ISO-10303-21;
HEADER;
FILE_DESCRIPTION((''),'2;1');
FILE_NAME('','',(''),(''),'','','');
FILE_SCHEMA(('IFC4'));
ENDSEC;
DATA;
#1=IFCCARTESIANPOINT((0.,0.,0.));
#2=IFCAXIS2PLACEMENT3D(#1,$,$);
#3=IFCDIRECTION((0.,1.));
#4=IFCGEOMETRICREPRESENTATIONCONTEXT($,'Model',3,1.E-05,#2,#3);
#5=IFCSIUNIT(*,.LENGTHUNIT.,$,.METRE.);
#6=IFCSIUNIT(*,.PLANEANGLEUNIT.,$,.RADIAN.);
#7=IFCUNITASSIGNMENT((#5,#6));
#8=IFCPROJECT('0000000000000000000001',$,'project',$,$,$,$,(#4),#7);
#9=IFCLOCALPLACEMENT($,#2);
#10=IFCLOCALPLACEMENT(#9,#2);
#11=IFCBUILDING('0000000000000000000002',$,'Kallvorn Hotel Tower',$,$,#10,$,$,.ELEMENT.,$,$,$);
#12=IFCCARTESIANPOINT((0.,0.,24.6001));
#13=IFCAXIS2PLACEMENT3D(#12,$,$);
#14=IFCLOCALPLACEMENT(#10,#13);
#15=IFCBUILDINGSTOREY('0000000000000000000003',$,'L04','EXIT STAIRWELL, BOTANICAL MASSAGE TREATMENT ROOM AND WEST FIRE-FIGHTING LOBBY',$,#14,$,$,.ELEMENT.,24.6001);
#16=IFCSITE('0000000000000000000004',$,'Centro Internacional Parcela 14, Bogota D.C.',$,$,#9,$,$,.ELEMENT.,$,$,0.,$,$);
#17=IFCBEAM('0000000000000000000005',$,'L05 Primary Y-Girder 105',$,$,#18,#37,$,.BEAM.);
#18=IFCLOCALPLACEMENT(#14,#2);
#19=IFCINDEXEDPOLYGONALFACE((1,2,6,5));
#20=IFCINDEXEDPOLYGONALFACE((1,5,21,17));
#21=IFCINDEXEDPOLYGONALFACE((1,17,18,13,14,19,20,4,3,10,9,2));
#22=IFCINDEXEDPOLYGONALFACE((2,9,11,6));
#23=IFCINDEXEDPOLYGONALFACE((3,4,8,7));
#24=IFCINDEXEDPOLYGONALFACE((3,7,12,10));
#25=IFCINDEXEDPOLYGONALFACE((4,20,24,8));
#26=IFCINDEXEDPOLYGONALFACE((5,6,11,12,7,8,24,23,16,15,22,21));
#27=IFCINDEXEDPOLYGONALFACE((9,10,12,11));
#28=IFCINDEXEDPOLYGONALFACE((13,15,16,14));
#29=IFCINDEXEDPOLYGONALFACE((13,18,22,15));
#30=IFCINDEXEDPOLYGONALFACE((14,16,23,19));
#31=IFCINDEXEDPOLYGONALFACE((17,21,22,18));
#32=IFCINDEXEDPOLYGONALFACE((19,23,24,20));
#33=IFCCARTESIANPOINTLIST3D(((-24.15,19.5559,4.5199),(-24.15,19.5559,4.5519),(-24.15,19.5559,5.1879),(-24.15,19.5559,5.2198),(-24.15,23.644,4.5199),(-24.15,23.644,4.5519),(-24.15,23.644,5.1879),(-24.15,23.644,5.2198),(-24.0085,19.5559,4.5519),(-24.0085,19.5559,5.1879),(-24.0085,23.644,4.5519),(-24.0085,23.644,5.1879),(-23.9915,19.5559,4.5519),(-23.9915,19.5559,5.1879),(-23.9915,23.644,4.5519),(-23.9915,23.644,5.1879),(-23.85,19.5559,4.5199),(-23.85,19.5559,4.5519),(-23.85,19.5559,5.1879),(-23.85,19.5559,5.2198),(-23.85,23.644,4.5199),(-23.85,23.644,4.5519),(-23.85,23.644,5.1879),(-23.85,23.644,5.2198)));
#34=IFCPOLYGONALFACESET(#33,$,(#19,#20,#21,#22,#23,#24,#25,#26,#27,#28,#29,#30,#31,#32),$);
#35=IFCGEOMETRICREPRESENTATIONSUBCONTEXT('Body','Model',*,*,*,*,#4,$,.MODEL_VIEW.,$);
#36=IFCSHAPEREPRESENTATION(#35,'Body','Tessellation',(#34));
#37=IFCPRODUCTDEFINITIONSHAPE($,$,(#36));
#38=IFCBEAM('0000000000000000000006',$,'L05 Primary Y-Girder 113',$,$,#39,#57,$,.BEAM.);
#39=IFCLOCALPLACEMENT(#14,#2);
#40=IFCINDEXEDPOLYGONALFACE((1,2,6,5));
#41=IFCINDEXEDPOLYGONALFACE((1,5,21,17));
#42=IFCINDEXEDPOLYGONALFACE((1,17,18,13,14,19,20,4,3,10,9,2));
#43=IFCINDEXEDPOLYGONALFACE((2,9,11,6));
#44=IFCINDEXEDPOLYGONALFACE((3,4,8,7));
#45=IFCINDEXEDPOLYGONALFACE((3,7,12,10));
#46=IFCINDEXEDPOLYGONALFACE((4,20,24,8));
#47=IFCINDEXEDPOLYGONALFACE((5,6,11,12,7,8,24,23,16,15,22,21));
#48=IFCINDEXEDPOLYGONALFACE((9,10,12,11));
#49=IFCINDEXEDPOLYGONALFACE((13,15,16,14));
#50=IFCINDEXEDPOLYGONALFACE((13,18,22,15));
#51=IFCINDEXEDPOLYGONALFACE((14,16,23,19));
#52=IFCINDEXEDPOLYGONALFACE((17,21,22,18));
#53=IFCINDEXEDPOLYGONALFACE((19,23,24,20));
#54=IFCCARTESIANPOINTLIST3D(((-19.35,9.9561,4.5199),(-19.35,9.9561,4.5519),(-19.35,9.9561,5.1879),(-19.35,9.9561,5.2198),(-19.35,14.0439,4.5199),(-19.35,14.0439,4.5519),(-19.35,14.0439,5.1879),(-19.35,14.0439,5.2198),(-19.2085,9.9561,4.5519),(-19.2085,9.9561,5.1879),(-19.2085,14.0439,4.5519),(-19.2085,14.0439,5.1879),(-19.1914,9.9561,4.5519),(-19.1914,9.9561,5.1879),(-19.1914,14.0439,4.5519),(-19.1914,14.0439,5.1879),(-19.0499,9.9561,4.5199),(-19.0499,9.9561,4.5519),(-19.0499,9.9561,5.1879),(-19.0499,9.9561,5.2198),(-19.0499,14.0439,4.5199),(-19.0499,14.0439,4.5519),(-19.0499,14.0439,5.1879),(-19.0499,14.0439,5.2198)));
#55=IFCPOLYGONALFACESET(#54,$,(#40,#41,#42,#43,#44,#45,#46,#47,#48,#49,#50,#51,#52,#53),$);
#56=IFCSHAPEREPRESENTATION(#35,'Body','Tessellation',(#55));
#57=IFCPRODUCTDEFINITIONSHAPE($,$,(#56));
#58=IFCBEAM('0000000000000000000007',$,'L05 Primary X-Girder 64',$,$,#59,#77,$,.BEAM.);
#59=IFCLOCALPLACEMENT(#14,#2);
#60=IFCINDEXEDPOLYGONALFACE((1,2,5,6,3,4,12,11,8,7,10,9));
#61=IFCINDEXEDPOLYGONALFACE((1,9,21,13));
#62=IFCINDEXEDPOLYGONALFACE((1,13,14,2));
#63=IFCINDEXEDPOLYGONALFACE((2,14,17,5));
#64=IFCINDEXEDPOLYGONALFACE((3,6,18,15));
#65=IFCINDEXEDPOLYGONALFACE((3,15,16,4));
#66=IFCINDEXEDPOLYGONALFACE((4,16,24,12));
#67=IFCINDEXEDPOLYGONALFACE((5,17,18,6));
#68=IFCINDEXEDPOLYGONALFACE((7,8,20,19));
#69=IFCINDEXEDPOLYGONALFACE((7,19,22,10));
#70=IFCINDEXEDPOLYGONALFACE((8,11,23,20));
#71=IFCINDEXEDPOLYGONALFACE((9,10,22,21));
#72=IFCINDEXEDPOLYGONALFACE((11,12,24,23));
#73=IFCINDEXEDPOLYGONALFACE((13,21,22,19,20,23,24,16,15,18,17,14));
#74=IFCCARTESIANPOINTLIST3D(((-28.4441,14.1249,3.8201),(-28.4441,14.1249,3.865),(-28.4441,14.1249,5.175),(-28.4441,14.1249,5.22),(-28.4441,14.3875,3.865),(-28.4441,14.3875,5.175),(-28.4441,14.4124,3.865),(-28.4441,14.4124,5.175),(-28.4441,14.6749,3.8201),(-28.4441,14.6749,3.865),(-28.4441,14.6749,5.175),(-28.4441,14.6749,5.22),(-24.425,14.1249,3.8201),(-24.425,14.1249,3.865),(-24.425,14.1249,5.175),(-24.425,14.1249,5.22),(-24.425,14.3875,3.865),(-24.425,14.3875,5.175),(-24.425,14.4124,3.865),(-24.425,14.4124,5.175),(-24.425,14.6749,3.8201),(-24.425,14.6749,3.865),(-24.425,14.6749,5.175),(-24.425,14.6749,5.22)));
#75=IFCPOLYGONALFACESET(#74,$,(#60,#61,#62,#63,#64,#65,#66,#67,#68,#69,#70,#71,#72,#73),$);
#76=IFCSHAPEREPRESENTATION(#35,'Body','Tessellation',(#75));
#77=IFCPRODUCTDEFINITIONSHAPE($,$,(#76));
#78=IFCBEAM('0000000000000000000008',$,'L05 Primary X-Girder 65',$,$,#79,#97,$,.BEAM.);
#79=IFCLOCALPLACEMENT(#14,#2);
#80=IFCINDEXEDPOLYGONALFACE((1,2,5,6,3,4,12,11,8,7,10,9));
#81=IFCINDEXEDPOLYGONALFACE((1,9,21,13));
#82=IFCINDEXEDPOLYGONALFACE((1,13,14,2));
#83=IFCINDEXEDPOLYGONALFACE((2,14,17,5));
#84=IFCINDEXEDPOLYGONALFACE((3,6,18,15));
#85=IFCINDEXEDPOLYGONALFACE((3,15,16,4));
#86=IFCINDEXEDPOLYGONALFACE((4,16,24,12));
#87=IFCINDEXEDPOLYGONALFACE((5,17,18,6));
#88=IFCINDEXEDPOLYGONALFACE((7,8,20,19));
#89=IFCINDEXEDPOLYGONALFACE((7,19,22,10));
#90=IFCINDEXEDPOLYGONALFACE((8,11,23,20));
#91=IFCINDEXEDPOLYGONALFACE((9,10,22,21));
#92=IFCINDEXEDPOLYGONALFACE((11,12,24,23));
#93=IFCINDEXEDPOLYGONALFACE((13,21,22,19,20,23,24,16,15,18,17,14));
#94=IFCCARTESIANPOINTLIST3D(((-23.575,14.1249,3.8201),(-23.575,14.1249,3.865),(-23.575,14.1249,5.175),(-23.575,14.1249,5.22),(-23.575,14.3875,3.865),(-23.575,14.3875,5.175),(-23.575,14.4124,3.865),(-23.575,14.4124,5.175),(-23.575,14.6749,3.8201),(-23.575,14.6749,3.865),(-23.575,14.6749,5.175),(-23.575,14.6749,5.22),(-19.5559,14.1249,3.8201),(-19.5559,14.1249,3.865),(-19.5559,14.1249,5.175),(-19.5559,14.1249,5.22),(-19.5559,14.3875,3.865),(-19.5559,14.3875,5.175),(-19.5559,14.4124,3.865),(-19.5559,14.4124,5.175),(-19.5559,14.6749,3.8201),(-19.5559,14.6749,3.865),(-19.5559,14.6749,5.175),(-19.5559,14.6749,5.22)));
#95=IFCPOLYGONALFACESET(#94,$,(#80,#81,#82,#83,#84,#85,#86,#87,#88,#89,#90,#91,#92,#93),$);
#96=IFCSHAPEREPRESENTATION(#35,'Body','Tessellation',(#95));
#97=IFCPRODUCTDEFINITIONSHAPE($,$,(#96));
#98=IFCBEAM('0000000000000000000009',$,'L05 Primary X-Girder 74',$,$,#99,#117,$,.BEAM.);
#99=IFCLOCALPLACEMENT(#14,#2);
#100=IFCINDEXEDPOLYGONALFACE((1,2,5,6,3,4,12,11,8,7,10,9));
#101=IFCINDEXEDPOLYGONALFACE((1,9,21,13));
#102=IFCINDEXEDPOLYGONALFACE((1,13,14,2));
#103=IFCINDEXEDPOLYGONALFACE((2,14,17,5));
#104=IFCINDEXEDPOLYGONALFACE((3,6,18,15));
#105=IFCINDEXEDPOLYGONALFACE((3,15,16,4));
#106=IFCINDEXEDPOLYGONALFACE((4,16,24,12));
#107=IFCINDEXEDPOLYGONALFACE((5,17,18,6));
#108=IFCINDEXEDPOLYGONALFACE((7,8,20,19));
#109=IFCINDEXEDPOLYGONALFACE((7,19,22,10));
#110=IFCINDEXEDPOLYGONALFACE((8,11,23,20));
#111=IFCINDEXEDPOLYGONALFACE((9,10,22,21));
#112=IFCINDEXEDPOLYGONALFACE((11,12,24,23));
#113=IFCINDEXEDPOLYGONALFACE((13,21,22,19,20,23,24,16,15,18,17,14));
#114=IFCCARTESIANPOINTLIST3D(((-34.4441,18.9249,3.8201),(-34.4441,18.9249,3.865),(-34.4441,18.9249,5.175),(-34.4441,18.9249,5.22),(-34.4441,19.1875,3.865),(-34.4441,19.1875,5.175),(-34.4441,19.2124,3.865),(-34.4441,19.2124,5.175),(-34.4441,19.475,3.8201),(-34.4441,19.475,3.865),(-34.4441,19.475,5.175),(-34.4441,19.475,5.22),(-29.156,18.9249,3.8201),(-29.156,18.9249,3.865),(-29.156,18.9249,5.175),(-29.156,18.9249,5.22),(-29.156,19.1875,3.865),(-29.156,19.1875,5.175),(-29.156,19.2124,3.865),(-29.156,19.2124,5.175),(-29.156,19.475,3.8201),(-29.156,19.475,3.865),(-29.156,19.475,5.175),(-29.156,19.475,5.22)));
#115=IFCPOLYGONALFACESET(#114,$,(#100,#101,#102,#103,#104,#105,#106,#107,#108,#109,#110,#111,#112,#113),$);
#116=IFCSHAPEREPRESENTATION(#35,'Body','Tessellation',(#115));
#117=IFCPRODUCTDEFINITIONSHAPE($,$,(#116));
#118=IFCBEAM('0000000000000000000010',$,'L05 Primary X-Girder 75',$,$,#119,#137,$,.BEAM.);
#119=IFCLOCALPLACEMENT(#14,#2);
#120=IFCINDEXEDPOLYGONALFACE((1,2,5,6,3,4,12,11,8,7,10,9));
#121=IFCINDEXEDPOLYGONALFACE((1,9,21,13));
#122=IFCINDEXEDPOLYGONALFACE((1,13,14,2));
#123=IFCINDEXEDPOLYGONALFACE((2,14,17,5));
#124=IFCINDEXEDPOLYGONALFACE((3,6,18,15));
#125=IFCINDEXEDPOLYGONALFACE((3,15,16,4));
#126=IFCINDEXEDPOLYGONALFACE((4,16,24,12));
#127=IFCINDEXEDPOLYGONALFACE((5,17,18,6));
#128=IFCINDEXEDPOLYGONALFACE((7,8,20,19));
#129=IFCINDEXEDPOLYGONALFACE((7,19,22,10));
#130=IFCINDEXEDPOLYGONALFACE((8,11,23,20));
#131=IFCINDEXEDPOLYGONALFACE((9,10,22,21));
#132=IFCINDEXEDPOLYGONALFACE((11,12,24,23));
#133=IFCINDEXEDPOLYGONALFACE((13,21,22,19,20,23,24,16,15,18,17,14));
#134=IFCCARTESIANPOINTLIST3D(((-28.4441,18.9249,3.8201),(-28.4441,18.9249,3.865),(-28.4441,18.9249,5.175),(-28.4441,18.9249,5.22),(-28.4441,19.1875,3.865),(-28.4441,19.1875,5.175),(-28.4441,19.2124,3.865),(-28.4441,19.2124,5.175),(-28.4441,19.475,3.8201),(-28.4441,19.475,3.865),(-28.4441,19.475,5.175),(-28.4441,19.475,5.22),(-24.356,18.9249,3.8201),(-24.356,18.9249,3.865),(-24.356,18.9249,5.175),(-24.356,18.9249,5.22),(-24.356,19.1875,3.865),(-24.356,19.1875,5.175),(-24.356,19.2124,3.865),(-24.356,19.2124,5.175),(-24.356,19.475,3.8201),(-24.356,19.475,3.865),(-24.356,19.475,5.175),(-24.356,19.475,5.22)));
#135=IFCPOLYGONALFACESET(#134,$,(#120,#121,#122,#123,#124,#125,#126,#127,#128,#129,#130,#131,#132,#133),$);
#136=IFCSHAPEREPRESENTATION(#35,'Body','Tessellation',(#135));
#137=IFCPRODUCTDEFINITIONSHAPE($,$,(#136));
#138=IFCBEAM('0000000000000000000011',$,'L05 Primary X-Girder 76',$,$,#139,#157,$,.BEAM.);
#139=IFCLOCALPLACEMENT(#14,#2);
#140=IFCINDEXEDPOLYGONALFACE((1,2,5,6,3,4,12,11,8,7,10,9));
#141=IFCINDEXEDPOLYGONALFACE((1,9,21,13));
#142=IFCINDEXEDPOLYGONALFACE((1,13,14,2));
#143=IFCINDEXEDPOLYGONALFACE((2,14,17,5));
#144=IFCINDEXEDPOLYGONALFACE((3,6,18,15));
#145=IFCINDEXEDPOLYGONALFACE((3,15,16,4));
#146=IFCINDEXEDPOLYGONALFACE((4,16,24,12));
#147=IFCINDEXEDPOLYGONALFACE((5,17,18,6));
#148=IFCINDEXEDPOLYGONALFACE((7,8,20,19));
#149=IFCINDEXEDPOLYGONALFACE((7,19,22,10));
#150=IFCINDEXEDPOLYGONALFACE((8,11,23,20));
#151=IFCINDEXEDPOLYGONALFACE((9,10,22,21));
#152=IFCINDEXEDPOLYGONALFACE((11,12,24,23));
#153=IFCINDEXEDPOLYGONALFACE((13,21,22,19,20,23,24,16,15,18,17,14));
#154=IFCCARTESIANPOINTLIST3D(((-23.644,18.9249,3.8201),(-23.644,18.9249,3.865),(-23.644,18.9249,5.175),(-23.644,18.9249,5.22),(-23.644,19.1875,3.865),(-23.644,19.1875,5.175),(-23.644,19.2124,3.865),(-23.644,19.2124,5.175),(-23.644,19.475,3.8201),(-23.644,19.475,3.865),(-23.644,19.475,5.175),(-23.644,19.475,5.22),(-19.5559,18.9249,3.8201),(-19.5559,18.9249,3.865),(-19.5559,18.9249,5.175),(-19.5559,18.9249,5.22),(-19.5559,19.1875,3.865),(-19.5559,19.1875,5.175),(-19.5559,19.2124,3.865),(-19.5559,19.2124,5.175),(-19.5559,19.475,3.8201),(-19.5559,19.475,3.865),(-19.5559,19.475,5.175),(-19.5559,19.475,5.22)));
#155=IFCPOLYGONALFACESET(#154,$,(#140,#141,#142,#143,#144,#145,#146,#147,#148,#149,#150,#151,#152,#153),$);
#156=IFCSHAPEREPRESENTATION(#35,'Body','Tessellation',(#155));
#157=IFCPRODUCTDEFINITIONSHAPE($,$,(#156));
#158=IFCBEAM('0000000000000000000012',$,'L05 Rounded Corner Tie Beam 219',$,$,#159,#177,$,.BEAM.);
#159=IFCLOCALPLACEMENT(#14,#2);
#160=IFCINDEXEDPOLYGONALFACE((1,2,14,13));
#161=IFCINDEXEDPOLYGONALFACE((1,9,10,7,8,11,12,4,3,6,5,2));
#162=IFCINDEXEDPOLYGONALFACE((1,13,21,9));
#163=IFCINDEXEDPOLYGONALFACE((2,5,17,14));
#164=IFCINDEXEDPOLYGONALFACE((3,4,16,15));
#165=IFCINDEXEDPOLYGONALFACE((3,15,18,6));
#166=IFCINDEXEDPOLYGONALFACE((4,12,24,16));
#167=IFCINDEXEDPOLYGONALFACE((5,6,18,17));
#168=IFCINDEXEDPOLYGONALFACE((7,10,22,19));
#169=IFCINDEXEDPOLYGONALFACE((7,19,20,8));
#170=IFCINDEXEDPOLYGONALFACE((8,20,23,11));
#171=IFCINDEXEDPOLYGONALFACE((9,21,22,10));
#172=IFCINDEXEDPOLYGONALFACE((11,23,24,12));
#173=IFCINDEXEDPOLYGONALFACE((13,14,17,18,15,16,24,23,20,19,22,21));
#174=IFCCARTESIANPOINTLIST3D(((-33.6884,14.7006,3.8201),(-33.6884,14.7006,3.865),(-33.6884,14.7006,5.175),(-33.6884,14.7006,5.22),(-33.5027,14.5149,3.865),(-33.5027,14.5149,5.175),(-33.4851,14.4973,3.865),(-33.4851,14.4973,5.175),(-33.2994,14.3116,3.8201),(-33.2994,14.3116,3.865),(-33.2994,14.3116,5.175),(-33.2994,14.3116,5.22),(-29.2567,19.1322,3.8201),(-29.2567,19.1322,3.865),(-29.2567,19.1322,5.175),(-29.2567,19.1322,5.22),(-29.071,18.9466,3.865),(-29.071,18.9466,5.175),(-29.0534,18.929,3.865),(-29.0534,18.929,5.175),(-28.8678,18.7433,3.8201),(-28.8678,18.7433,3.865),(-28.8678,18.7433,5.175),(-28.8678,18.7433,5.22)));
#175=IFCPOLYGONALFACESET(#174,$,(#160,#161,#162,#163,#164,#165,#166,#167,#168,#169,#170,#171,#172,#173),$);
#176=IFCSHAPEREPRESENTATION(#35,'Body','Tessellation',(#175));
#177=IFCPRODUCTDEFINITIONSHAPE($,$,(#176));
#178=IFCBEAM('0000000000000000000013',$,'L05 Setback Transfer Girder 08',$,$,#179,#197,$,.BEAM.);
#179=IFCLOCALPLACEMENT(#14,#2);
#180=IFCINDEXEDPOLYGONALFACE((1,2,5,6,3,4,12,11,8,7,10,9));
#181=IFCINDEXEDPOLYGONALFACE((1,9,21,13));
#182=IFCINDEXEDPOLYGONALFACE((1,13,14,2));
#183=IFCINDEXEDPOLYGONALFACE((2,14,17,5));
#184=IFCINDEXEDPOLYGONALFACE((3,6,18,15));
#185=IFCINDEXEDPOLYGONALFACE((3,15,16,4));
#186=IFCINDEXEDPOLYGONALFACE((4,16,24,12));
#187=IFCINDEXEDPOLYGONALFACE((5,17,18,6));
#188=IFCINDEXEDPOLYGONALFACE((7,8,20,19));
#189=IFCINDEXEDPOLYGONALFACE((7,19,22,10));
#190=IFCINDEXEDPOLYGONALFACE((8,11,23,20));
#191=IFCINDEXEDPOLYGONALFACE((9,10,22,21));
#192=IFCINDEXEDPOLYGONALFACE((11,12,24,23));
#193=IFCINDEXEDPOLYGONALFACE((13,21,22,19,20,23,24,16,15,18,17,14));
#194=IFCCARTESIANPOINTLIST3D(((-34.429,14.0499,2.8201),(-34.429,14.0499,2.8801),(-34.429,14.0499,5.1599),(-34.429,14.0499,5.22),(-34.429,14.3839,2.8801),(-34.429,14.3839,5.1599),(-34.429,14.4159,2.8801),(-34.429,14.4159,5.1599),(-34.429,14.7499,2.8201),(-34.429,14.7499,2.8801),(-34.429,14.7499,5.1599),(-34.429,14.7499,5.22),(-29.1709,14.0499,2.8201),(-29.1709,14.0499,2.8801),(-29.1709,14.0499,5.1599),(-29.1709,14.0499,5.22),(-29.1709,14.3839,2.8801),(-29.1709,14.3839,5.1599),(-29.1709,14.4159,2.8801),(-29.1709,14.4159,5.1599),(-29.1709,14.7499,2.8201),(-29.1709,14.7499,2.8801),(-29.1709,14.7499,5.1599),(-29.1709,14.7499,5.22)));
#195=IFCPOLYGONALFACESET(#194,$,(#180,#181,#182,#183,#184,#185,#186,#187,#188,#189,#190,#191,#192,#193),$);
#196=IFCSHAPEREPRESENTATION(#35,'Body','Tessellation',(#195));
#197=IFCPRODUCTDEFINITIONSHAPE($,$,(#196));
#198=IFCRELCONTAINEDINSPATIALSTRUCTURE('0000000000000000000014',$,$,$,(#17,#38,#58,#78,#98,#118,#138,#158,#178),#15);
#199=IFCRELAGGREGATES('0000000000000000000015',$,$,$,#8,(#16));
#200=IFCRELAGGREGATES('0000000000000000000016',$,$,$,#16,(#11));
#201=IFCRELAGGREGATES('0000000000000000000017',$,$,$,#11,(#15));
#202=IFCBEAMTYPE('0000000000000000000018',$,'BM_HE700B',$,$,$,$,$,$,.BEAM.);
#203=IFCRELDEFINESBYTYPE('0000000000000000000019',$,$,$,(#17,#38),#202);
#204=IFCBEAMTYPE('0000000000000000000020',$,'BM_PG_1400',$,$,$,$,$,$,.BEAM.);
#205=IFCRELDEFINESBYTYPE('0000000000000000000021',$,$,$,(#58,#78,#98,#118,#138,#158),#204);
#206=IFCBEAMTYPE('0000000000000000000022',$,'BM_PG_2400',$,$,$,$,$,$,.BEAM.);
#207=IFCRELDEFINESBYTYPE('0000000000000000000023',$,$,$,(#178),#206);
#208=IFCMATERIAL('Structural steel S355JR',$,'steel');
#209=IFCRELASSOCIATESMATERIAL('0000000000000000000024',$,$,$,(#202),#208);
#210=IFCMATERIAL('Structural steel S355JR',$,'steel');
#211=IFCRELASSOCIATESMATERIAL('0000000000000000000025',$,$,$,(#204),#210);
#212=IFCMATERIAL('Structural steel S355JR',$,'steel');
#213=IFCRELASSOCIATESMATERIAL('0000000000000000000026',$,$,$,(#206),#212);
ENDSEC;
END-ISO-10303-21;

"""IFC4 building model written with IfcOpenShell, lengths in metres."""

from ifc_helpers import new_model, si_unit, direction, frame, origin, origin_2d, place, context, subcontext, project, spatial, i_section, extrude, material, material_profile, profile_set, type_object, element, save


model = new_model("IFC4")

# Units and contexts
model_context = context("Model", 3, precision=1e-05, world=origin(), true_north=direction((0.0, 1.0)))
body_context = subcontext(model_context, "Body", "Model", "MODEL_VIEW")
ifc_project = project(units=[si_unit("LENGTHUNIT", "METRE"), si_unit("PLANEANGLEUNIT", "RADIAN")], contexts=[model_context])

# Site, building, storey
site_placement = place(None, origin())
site = spatial("IfcSite", under=ifc_project, at=site_placement, Name="Centro Internacional Parcela 14, Bogota D.C.", CompositionType="ELEMENT", RefElevation=0.0)
building_placement = place(site_placement, origin())
building = spatial("IfcBuilding", under=site, at=building_placement, Name="Kallvorn Hotel Tower", CompositionType="ELEMENT")
storey_placement = place(building_placement, frame((0.0, 0.0, 24.6001)))
storey = spatial("IfcBuildingStorey", under=building, at=storey_placement, Name="L04", Description="EXIT STAIRWELL, BOTANICAL MASSAGE TREATMENT ROOM AND WEST FIRE-FIGHTING LOBBY", CompositionType="ELEMENT", Elevation=24.6001)

# Beams
ifc_material_1 = material(Name="Structural steel S355JR", Category="steel")
ifc_material_profile_1 = material_profile(ifc_material_1, i_section(OverallWidth=0.3, OverallDepth=0.7, WebThickness=0.0171, FlangeThickness=0.032, at=origin_2d()), Name="HE 700 B")
ifc_profile_set_1 = profile_set([ifc_material_profile_1], Name="Structural steel S355JR")
beam_type_1 = type_object("IfcBeamType", Name="BM_HE700B", PredefinedType="BEAM", material=ifc_profile_set_1)
beam_1_placement = place(storey_placement, frame((-24.0, 19.5559, 4.8699), z_axis=(0.0, 1.0, 0.0), x_axis=(-1.0, 0.0, 0.0)))
element("IfcBeam", 1, at=beam_1_placement, inside=storey, type_object=beam_type_1, Name="L05 Primary Y-Girder 105", PredefinedType="BEAM", context=body_context, shape_type="SweptSolid", body=[
    extrude(i_section(OverallWidth=0.3, OverallDepth=0.7, WebThickness=0.0171, FlangeThickness=0.032, at=origin_2d()), origin(), (0.0, 0.0, 1.0), 4.0881),
])
beam_2_placement = place(storey_placement, frame((-19.2, 9.9561, 4.8699), z_axis=(0.0, 1.0, 0.0), x_axis=(-1.0, 0.0, 0.0)))
element("IfcBeam", 2, at=beam_2_placement, inside=storey, type_object=beam_type_1, Name="L05 Primary Y-Girder 113", PredefinedType="BEAM", context=body_context, shape_type="SweptSolid", body=[
    extrude(i_section(OverallWidth=0.3, OverallDepth=0.7, WebThickness=0.0171, FlangeThickness=0.032, at=origin_2d()), origin(), (0.0, 0.0, 1.0), 4.0879),
])
ifc_material_2 = material(Name="Structural steel S355JR", Category="steel")
ifc_material_profile_2 = material_profile(ifc_material_2, i_section(OverallWidth=0.55, OverallDepth=1.3999, WebThickness=0.0249, FlangeThickness=0.0449, at=origin_2d()), Name="PG 1400x550x25x45")
ifc_profile_set_2 = profile_set([ifc_material_profile_2], Name="Structural steel S355JR")
beam_type_2 = type_object("IfcBeamType", Name="BM_PG_1400", PredefinedType="BEAM", material=ifc_profile_set_2)
for number, where, z_axis, x_axis, name in (
    (3, (-28.4441, 14.3999, 4.52), (1.0, 0.0, 0.0), (0.0, 1.0, 0.0), "L05 Primary X-Girder 64"),
    (4, (-23.575, 14.3999, 4.52), (1.0, 0.0, 0.0), (0.0, 1.0, 0.0), "L05 Primary X-Girder 65"),
):
    element("IfcBeam", number, at=place(storey_placement, frame(where, z_axis=z_axis, x_axis=x_axis)), inside=storey, type_object=beam_type_2, Name=name, PredefinedType="BEAM", context=body_context, shape_type="SweptSolid", body=[
        extrude(i_section(OverallWidth=0.55, OverallDepth=1.3999, WebThickness=0.0249, FlangeThickness=0.0449, at=origin_2d()), origin(), (0.0, 0.0, 1.0), 4.019),
    ])
beam_3_placement = place(storey_placement, frame((-34.4441, 19.2, 4.52), z_axis=(1.0, 0.0, 0.0), x_axis=(0.0, 1.0, 0.0)))
element("IfcBeam", 5, at=beam_3_placement, inside=storey, type_object=beam_type_2, Name="L05 Primary X-Girder 74", PredefinedType="BEAM", context=body_context, shape_type="SweptSolid", body=[
    extrude(i_section(OverallWidth=0.55, OverallDepth=1.3999, WebThickness=0.0249, FlangeThickness=0.0449, at=origin_2d()), origin(), (0.0, 0.0, 1.0), 5.2881),
])
for number, where, z_axis, x_axis, name in (
    (6, (-28.4441, 19.2, 4.52), (1.0, 0.0, 0.0), (0.0, 1.0, 0.0), "L05 Primary X-Girder 75"),
    (7, (-23.644, 19.2, 4.52), (1.0, 0.0, 0.0), (0.0, 1.0, 0.0), "L05 Primary X-Girder 76"),
):
    element("IfcBeam", number, at=place(storey_placement, frame(where, z_axis=z_axis, x_axis=x_axis)), inside=storey, type_object=beam_type_2, Name=name, PredefinedType="BEAM", context=body_context, shape_type="SweptSolid", body=[
        extrude(i_section(OverallWidth=0.55, OverallDepth=1.3999, WebThickness=0.0249, FlangeThickness=0.0449, at=origin_2d()), origin(), (0.0, 0.0, 1.0), 4.0881),
    ])
beam_4_placement = place(storey_placement, frame((-33.4939, 14.5061, 4.52), z_axis=(0.707107, 0.707107, 0.0), x_axis=(-0.707107, 0.707107, 0.0)))
element("IfcBeam", 8, at=beam_4_placement, inside=storey, type_object=beam_type_2, Name="L05 Rounded Corner Tie Beam 219", PredefinedType="BEAM", context=body_context, shape_type="SweptSolid", body=[
    extrude(i_section(OverallWidth=0.55, OverallDepth=1.3999, WebThickness=0.0249, FlangeThickness=0.0449, at=origin_2d()), origin(), (0.0, 0.0, 1.0), 6.2673),
])
ifc_material_3 = material(Name="Structural steel S355JR", Category="steel")
ifc_material_profile_3 = material_profile(ifc_material_3, i_section(OverallWidth=0.7, OverallDepth=2.3999, WebThickness=0.032, FlangeThickness=0.0601, at=origin_2d()), Name="PG 2400x700x32x60")
ifc_profile_set_3 = profile_set([ifc_material_profile_3], Name="Structural steel S355JR")
beam_type_3 = type_object("IfcBeamType", Name="BM_PG_2400", PredefinedType="BEAM", material=ifc_profile_set_3)
beam_5_placement = place(storey_placement, frame((-34.429, 14.3999, 4.02), z_axis=(1.0, 0.0, 0.0), x_axis=(0.0, 1.0, 0.0)))
element("IfcBeam", 9, at=beam_5_placement, inside=storey, type_object=beam_type_3, Name="L05 Setback Transfer Girder 08", PredefinedType="BEAM", context=body_context, shape_type="SweptSolid", body=[
    extrude(i_section(OverallWidth=0.7, OverallDepth=2.3999, WebThickness=0.032, FlangeThickness=0.0601, at=origin_2d()), origin(), (0.0, 0.0, 1.0), 5.2581),
])

save(model, "model.ifc")
